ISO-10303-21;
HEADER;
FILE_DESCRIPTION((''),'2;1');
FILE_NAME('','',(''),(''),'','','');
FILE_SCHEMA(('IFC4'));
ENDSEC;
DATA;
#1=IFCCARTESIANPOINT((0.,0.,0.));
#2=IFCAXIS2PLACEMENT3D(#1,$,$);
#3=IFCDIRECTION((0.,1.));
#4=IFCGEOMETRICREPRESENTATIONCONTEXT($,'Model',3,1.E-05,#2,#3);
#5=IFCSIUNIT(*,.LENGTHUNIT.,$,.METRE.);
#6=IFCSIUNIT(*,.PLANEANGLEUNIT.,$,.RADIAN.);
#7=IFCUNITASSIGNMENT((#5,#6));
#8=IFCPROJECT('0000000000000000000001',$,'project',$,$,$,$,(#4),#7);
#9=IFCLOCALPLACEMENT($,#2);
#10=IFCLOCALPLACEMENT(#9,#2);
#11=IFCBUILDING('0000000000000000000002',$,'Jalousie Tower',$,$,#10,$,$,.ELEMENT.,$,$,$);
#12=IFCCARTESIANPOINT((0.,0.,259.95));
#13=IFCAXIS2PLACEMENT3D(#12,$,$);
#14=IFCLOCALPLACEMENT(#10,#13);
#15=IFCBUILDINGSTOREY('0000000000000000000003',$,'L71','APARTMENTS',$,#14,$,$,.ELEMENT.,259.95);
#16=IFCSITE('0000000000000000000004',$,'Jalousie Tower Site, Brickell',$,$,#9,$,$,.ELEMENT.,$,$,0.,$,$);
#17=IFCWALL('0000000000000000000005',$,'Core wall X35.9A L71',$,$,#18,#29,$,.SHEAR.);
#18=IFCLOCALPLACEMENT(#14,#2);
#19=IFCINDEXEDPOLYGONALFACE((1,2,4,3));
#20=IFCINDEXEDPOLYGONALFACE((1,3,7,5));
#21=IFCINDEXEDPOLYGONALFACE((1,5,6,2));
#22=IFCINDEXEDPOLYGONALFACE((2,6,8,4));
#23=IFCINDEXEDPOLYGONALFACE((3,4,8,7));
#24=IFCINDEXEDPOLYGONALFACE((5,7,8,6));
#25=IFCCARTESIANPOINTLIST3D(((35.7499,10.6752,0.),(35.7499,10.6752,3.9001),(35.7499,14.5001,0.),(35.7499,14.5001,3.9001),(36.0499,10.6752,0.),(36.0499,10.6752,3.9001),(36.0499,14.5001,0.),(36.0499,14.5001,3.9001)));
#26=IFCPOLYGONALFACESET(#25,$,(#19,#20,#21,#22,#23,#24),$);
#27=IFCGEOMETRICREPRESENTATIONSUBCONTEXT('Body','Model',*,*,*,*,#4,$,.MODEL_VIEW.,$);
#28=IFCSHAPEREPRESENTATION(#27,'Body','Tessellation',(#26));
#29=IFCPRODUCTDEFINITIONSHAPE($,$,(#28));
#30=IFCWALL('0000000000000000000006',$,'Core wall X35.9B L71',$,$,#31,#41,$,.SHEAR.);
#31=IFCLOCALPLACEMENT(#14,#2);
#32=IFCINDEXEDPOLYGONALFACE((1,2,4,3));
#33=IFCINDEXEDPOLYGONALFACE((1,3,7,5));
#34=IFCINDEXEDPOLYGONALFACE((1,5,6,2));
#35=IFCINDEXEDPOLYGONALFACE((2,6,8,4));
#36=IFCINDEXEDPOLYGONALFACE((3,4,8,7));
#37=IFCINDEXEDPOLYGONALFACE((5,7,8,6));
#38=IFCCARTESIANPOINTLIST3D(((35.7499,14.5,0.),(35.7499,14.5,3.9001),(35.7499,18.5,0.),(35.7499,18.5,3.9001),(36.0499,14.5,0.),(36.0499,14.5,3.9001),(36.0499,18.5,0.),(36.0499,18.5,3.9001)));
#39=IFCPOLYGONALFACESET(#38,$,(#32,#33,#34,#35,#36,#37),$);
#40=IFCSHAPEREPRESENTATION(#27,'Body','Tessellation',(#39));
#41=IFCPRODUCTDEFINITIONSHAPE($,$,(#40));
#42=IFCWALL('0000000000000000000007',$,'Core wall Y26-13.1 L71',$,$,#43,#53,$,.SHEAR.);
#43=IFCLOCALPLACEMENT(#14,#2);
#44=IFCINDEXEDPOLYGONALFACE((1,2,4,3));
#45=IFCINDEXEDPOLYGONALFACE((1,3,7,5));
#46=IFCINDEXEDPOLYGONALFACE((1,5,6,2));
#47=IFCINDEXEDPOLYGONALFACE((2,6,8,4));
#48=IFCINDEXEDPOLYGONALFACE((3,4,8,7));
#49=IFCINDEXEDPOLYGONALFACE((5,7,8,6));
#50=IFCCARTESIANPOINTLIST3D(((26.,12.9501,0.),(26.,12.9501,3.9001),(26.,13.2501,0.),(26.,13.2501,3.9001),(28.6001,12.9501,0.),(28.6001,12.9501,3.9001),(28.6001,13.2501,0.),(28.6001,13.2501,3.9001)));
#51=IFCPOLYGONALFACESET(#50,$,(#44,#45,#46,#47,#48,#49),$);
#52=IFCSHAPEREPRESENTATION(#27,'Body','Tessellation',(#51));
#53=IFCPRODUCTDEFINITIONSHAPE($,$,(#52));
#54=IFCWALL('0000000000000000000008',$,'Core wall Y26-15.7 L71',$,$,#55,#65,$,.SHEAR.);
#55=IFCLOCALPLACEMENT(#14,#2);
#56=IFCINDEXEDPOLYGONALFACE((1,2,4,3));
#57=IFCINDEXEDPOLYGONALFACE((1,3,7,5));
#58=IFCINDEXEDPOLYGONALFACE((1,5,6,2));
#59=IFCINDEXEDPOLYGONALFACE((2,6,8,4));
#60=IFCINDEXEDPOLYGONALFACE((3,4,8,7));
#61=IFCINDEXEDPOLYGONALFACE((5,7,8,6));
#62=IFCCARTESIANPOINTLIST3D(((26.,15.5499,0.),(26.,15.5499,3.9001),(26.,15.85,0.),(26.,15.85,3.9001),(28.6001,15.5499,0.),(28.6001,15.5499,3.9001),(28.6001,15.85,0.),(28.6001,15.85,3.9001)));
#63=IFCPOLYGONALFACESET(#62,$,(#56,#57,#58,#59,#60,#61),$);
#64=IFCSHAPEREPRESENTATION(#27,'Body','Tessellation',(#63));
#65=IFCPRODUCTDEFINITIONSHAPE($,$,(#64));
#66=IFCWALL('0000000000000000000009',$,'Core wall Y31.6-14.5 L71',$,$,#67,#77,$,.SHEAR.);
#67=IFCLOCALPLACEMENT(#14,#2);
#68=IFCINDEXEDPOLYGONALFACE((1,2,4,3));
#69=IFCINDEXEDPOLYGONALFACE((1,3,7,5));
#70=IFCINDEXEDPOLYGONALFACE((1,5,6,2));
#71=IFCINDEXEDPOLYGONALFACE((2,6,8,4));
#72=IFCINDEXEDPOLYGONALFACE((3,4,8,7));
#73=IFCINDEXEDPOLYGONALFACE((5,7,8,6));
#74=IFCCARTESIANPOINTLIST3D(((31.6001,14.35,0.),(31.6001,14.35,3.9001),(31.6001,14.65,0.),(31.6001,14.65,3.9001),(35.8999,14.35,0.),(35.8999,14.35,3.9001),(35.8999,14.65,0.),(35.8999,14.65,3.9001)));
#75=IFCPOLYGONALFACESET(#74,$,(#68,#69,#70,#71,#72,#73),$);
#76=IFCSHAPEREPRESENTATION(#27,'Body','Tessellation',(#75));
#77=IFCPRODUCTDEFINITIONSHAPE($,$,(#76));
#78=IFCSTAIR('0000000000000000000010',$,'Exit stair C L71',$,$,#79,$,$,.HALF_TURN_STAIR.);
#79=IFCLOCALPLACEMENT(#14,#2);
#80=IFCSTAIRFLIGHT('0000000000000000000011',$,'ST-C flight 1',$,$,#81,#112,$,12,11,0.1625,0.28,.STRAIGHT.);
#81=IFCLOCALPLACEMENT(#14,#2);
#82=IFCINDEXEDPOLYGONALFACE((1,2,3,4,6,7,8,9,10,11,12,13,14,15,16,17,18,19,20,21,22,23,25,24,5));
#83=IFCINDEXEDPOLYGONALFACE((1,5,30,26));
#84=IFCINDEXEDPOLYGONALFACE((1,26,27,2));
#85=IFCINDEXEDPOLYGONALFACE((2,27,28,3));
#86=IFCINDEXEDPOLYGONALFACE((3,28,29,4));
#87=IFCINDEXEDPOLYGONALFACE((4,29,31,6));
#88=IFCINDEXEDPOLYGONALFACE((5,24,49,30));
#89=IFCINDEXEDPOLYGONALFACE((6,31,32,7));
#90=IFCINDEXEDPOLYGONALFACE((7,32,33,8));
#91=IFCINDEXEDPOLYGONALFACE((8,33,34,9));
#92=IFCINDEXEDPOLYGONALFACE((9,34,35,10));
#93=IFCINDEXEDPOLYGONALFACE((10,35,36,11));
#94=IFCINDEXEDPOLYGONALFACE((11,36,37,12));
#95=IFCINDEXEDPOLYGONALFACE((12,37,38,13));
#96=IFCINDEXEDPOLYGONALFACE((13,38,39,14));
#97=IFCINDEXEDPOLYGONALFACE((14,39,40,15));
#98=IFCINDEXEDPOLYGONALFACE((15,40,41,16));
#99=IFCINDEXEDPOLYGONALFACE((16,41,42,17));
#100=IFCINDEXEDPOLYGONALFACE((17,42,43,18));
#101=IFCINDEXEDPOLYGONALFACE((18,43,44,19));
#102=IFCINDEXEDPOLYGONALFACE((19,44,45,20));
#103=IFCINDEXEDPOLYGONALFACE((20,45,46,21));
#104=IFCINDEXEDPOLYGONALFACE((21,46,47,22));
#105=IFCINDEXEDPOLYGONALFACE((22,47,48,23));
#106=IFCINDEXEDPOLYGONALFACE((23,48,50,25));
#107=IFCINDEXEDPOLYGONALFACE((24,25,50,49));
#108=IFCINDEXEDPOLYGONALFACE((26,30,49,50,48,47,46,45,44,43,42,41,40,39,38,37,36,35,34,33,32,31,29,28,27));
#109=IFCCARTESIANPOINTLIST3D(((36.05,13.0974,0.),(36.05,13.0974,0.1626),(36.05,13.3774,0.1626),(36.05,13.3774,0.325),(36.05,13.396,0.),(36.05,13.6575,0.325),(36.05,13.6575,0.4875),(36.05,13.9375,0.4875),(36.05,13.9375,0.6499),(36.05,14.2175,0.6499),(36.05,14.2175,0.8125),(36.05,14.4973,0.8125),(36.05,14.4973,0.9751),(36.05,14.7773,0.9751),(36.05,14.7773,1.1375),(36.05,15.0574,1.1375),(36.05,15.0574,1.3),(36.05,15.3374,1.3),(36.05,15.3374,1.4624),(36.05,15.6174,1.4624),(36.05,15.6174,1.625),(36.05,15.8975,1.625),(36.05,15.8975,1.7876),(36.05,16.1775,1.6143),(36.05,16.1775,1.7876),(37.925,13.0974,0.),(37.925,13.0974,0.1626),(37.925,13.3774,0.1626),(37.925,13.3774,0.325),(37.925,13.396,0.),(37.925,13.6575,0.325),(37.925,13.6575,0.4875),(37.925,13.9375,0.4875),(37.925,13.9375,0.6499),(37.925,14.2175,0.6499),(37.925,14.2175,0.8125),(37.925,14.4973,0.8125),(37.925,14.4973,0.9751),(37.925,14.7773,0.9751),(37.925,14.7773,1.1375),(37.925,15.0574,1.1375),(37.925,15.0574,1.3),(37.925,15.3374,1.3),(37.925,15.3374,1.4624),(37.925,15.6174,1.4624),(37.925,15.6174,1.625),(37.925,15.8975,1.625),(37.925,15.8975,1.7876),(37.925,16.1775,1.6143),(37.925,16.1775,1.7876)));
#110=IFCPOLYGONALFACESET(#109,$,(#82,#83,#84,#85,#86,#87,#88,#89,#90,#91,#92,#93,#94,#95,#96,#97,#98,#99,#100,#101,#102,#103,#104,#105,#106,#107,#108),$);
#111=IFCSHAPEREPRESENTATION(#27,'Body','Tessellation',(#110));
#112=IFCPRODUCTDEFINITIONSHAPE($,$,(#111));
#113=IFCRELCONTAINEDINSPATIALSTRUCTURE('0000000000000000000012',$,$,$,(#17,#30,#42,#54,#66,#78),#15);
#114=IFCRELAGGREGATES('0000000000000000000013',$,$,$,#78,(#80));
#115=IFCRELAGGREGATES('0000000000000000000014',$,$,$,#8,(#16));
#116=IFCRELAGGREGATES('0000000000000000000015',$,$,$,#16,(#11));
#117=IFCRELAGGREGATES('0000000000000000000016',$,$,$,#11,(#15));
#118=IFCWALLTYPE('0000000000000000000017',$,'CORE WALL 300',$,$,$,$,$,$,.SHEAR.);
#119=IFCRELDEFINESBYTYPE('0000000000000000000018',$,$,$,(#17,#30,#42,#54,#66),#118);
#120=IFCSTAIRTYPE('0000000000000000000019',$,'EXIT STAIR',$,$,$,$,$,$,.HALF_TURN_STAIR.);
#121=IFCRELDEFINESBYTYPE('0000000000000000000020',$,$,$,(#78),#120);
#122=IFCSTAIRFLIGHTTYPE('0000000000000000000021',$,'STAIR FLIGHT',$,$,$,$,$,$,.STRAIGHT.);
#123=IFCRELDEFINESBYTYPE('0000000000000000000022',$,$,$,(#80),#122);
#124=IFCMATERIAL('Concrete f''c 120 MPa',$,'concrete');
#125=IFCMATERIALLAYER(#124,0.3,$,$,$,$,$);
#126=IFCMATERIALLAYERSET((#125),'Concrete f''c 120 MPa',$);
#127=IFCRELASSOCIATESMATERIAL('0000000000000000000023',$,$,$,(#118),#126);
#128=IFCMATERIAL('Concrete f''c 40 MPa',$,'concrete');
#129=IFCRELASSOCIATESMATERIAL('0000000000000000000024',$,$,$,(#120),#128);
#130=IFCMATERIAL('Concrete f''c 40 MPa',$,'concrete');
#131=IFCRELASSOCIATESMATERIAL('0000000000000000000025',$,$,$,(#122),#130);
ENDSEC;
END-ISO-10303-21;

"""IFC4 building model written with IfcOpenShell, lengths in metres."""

from ifc_helpers import new_model, si_unit, direction, frame, frame_2d, origin, place, context, subcontext, project, spatial, polyline, rectangle, outline, extrude, material, layer, layer_set, type_object, element, aggregate, save


model = new_model("IFC4")

# Units and contexts
model_context = context("Model", 3, precision=1e-05, world=origin(), true_north=direction((0.0, 1.0)))
body_context = subcontext(model_context, "Body", "Model", "MODEL_VIEW")
ifc_project = project(units=[si_unit("LENGTHUNIT", "METRE"), si_unit("PLANEANGLEUNIT", "RADIAN")], contexts=[model_context])

# Site, building, storey
site_placement = place(None, origin())
site = spatial("IfcSite", under=ifc_project, at=site_placement, Name="Jalousie Tower Site, Brickell", CompositionType="ELEMENT", RefElevation=0.0)
building_placement = place(site_placement, origin())
building = spatial("IfcBuilding", under=site, at=building_placement, Name="Jalousie Tower", CompositionType="ELEMENT")
storey_placement = place(building_placement, frame((0.0, 0.0, 259.95)))
storey = spatial("IfcBuildingStorey", under=building, at=storey_placement, Name="L71", Description="APARTMENTS", CompositionType="ELEMENT", Elevation=259.95)

# Shared definitions
ifc_material_1 = material(Name="Concrete f'c 120 MPa", Category="concrete")
ifc_layer_1 = layer(ifc_material_1, 0.3)
ifc_layer_set_1 = layer_set([ifc_layer_1], Name="Concrete f'c 120 MPa")
wall_type_1 = type_object("IfcWallType", Name="CORE WALL 300", PredefinedType="SHEAR", material=ifc_layer_set_1)

# Walls
wall_1_placement = place(storey_placement, frame((35.8999, 10.675, 0.0), z_axis=(0.0, 0.0, 1.0), x_axis=(0.0, 1.0, 0.0)))
element("IfcWall", 1, at=wall_1_placement, inside=storey, type_object=wall_type_1, Name="Core wall X35.9A L71", PredefinedType="SHEAR", context=body_context, shape_type="SweptSolid", body=[
    extrude(rectangle(XDim=3.825, YDim=0.3, at=frame_2d((1.9126, 0.0))), origin(), (0.0, 0.0, 1.0), 3.9001),
])
wall_2_placement = place(storey_placement, frame((35.8999, 14.5, 0.0), z_axis=(0.0, 0.0, 1.0), x_axis=(0.0, 1.0, 0.0)))
element("IfcWall", 2, at=wall_2_placement, inside=storey, type_object=wall_type_1, Name="Core wall X35.9B L71", PredefinedType="SHEAR", context=body_context, shape_type="SweptSolid", body=[
    extrude(rectangle(XDim=4.0, YDim=0.3, at=frame_2d((2.0, 0.0))), origin(), (0.0, 0.0, 1.0), 3.9001),
])
for number, where, z_axis, x_axis, name in (
    (3, (26.0, 13.1001, 0.0), (0.0, 0.0, 1.0), (1.0, 0.0, 0.0), "Core wall Y26-13.1 L71"),
    (4, (26.0, 15.7, 0.0), (0.0, 0.0, 1.0), (1.0, 0.0, 0.0), "Core wall Y26-15.7 L71"),
):
    element("IfcWall", number, at=place(storey_placement, frame(where, z_axis=z_axis, x_axis=x_axis)), inside=storey, type_object=wall_type_1, Name=name, PredefinedType="SHEAR", context=body_context, shape_type="SweptSolid", body=[
        extrude(rectangle(XDim=2.6001, YDim=0.3, at=frame_2d((1.3, 0.0))), origin(), (0.0, 0.0, 1.0), 3.9001),
    ])
wall_3_placement = place(storey_placement, frame((31.6001, 14.5, 0.0), z_axis=(0.0, 0.0, 1.0), x_axis=(1.0, 0.0, 0.0)))
element("IfcWall", 5, at=wall_3_placement, inside=storey, type_object=wall_type_1, Name="Core wall Y31.6-14.5 L71", PredefinedType="SHEAR", context=body_context, shape_type="SweptSolid", body=[
    extrude(rectangle(XDim=4.2998, YDim=0.3, at=frame_2d((2.1499, 0.0))), origin(), (0.0, 0.0, 1.0), 3.9001),
])

# Stair, stair flight
ifc_material_2 = material(Name="Concrete f'c 40 MPa", Category="concrete")
stair_type = type_object("IfcStairType", Name="EXIT STAIR", PredefinedType="HALF_TURN_STAIR", material=ifc_material_2)
stair_placement = place(storey_placement, origin())
stair = element("IfcStair", 6, at=stair_placement, inside=storey, type_object=stair_type, Name="Exit stair C L71", PredefinedType="HALF_TURN_STAIR")
ifc_material_3 = material(Name="Concrete f'c 40 MPa", Category="concrete")
stair_flight_type = type_object("IfcStairFlightType", Name="STAIR FLIGHT", PredefinedType="STRAIGHT", material=ifc_material_3)
stair_flight_placement = place(storey_placement, frame((36.9875, 13.0974, 0.0), z_axis=(0.0, 0.0, 1.0), x_axis=(0.0, 1.0, 0.0)))
stair_flight = element("IfcStairFlight", 7, at=stair_flight_placement, type_object=stair_flight_type, Name="ST-C flight 1", NumberOfRisers=12, NumberOfTreads=11, PredefinedType="STRAIGHT", RiserHeight=0.1625, TreadLength=0.28, context=body_context, shape_type="SweptSolid", body=[
    extrude(outline(polyline([(0.0, 0.0), (0.0, 0.1626), (0.28, 0.1626), (0.28, 0.325), (0.5601, 0.325), (0.5601, 0.4875), (0.8401, 0.4875), (0.8401, 0.6499), (1.1201, 0.6499), (1.1201, 0.8125), (1.3999, 0.8125), (1.3999, 0.9751), (1.6799, 0.9751), (1.6799, 1.1375), (1.96, 1.1375), (1.96, 1.3), (2.24, 1.3), (2.24, 1.4624), (2.52, 1.4624), (2.52, 1.625), (2.8, 1.625), (2.8, 1.7876), (3.0801, 1.7876), (3.0801, 1.95), (3.0801, 1.6143), (0.2986, 0.0), (0.0, 0.0)])), frame((0.0, 0.9375, 0.0), z_axis=(0.0, -1.0, 0.0), x_axis=(1.0, 0.0, 0.0)), (0.0, 0.0, 1.0), 1.875),
])
aggregate(stair, [stair_flight])

save(model, "model.ifc")
